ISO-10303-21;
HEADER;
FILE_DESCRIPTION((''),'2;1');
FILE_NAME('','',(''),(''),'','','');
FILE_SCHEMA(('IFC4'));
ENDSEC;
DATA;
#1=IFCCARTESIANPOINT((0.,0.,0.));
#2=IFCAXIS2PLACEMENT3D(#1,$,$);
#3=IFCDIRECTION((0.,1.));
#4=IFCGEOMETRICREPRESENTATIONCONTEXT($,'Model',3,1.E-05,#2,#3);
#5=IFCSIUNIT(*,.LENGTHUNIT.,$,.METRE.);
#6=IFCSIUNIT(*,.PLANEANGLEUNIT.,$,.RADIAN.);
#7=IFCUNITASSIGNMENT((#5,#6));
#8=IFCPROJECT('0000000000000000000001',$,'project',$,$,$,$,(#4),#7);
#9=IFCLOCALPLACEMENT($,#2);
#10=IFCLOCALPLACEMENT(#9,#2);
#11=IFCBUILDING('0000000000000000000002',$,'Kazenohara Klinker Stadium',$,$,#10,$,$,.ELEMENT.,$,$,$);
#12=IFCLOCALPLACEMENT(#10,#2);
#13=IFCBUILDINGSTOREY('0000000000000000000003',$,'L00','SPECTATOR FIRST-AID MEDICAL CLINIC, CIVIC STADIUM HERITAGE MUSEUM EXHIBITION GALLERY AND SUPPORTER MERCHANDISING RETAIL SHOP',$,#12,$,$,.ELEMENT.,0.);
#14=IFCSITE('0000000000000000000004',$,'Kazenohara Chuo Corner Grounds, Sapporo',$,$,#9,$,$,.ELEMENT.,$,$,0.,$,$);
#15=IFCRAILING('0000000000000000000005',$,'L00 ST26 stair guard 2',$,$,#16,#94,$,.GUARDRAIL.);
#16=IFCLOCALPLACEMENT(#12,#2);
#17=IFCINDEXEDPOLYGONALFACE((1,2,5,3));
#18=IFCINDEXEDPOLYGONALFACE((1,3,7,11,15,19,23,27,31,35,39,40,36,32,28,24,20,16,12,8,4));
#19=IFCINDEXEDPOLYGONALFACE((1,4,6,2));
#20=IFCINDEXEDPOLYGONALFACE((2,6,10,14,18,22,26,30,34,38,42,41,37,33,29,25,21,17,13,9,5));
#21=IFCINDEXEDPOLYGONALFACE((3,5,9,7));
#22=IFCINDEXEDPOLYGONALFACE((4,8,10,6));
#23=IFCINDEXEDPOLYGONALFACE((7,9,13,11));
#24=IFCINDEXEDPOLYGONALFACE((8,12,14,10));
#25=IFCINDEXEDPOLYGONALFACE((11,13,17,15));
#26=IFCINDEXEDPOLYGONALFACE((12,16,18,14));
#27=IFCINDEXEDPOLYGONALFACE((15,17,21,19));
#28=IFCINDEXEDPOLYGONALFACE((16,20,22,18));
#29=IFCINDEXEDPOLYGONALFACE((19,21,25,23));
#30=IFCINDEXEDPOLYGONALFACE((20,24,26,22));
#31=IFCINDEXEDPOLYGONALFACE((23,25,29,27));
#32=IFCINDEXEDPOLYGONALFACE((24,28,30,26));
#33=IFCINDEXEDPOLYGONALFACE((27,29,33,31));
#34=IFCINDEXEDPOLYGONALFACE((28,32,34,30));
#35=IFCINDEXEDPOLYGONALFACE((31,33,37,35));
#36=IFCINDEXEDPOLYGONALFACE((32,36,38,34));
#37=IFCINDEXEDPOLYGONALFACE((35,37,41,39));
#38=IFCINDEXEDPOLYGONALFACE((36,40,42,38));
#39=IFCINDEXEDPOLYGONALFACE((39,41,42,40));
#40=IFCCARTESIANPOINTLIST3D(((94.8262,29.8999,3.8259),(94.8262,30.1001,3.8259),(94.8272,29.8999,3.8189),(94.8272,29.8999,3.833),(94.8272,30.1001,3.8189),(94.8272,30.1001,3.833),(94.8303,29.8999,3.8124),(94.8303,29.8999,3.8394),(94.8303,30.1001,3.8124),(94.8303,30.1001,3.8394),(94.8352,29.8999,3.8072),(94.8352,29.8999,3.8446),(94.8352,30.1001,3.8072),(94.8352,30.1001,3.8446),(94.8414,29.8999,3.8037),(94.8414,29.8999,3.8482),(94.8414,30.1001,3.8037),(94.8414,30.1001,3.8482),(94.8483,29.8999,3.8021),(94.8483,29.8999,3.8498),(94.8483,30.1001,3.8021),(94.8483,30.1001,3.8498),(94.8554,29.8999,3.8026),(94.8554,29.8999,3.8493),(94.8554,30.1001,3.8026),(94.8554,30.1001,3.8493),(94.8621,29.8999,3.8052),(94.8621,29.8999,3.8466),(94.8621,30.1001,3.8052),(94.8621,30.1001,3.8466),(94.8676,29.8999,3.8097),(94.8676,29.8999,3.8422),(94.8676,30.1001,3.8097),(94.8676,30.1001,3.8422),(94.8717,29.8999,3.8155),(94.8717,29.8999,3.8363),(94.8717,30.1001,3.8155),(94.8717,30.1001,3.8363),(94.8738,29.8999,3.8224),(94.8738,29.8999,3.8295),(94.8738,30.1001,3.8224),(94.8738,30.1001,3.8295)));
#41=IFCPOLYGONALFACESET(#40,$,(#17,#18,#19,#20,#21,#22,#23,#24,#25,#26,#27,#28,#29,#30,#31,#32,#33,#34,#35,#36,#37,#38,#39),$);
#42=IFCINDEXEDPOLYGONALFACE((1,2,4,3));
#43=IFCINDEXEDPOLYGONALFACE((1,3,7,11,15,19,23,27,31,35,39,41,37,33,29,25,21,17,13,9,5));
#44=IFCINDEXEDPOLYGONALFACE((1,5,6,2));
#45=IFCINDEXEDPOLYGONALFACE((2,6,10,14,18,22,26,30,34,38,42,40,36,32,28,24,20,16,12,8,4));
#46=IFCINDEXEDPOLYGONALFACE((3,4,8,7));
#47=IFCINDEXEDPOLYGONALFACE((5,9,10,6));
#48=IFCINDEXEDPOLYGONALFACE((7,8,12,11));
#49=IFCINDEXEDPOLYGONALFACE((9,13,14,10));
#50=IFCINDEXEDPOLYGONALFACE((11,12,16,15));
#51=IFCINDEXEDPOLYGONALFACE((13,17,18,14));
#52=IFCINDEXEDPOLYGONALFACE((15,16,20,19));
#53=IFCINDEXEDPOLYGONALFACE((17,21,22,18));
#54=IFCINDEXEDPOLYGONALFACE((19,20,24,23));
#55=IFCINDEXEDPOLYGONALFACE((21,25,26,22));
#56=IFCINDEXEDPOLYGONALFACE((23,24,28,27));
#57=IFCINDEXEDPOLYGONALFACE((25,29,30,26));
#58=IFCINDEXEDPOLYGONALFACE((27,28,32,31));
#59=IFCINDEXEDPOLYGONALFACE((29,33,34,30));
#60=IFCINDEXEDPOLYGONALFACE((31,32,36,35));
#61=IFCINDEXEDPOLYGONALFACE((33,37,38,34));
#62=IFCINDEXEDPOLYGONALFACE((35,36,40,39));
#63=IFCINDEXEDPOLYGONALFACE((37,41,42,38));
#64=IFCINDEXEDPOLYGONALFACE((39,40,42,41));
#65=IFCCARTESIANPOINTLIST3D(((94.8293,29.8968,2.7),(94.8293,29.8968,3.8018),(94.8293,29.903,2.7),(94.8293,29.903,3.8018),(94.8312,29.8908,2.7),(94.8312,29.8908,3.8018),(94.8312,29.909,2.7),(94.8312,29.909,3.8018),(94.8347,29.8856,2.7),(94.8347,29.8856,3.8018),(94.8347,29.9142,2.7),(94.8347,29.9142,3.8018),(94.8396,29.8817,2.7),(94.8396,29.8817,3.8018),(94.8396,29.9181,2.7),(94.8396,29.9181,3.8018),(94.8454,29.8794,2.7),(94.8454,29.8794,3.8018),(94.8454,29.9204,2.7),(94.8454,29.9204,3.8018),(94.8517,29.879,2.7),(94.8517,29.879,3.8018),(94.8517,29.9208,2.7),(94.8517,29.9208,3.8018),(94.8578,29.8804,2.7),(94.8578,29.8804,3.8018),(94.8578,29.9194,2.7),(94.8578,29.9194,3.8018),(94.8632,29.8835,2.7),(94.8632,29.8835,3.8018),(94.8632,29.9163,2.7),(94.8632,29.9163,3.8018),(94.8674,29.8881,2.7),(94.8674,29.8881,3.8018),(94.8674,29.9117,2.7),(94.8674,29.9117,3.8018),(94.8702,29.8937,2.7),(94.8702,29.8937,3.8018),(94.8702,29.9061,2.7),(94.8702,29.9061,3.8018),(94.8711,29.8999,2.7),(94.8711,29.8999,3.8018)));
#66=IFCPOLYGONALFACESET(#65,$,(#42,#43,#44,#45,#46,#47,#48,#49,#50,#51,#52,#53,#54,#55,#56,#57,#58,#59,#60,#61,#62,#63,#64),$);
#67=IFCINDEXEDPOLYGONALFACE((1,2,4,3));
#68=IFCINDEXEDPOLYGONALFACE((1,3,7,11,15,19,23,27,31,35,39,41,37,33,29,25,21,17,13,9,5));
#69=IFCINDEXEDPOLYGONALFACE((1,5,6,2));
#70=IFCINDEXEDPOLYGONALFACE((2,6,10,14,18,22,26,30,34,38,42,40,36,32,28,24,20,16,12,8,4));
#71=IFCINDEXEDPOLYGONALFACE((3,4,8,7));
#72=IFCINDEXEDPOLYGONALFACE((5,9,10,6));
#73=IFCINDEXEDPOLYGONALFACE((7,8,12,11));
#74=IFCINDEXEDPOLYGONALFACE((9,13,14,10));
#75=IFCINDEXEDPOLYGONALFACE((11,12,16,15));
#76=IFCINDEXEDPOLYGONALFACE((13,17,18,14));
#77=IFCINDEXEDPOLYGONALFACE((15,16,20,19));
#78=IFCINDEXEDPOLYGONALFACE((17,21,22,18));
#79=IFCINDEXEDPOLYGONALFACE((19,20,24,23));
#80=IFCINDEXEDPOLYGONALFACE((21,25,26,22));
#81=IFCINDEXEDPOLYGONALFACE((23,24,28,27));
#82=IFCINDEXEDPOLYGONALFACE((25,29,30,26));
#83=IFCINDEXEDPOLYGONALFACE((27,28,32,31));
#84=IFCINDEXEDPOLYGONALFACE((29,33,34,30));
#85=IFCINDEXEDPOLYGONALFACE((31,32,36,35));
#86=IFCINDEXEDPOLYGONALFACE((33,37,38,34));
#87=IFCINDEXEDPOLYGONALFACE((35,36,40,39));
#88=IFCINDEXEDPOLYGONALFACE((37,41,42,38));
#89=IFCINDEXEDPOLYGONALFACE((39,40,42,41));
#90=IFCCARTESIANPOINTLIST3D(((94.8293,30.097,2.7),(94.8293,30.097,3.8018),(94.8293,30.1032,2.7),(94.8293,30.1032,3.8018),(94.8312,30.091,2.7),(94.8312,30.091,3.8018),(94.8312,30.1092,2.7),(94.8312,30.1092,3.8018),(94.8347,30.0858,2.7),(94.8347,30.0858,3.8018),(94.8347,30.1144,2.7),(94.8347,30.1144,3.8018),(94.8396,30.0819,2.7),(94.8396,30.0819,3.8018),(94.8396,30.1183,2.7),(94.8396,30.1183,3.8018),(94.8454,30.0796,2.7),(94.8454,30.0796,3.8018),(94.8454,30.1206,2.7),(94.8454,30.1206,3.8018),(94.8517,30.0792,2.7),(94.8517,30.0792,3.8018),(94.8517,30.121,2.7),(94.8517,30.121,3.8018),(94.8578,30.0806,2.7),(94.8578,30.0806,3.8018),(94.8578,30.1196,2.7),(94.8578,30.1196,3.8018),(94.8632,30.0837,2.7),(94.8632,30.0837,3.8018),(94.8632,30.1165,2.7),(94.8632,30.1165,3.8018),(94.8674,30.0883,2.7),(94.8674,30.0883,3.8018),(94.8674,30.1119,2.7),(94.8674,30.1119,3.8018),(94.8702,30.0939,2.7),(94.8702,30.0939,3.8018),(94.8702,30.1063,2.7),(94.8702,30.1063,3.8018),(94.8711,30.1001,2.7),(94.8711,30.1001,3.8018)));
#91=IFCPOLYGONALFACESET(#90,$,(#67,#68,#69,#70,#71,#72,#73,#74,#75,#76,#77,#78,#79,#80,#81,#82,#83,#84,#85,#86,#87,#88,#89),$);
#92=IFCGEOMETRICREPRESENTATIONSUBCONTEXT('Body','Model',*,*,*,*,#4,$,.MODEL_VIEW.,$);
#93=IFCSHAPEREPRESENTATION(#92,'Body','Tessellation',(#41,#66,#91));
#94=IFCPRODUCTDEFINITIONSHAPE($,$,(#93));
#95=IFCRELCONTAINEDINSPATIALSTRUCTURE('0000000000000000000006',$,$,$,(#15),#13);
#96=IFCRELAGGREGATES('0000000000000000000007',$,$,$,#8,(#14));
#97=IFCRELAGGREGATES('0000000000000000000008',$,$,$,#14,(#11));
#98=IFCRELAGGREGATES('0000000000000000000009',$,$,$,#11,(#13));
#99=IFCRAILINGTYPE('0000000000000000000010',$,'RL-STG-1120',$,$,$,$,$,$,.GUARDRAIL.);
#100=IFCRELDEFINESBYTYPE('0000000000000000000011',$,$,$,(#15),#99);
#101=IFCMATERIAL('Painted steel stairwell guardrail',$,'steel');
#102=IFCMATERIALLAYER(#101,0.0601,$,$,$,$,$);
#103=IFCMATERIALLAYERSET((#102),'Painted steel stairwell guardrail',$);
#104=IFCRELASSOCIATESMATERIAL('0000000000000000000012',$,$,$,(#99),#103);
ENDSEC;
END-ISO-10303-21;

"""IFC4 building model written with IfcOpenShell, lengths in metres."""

from ifc_helpers import new_model, si_unit, direction, frame, origin, origin_2d, place, context, subcontext, project, spatial, circle, extrude, material, layer, layer_set, type_object, element, save


model = new_model("IFC4")

# Units and contexts
model_context = context("Model", 3, precision=1e-05, world=origin(), true_north=direction((0.0, 1.0)))
body_context = subcontext(model_context, "Body", "Model", "MODEL_VIEW")
ifc_project = project(units=[si_unit("LENGTHUNIT", "METRE"), si_unit("PLANEANGLEUNIT", "RADIAN")], contexts=[model_context])

# Site, building, storey
site_placement = place(None, origin())
site = spatial("IfcSite", under=ifc_project, at=site_placement, Name="Kazenohara Chuo Corner Grounds, Sapporo", CompositionType="ELEMENT", RefElevation=0.0)
building_placement = place(site_placement, origin())
building = spatial("IfcBuilding", under=site, at=building_placement, Name="Kazenohara Klinker Stadium", CompositionType="ELEMENT")
storey_placement = place(building_placement, origin())
storey = spatial("IfcBuildingStorey", under=building, at=storey_placement, Name="L00", Description="SPECTATOR FIRST-AID MEDICAL CLINIC, CIVIC STADIUM HERITAGE MUSEUM EXHIBITION GALLERY AND SUPPORTER MERCHANDISING RETAIL SHOP", CompositionType="ELEMENT", Elevation=0.0)

# Railing
ifc_material_1 = material(Name="Painted steel stairwell guardrail", Category="steel")
ifc_layer_1 = layer(ifc_material_1, 0.0601)
ifc_layer_set_1 = layer_set([ifc_layer_1], Name="Painted steel stairwell guardrail")
railing_type_1 = type_object("IfcRailingType", Name="RL-STG-1120", PredefinedType="GUARDRAIL", material=ifc_layer_set_1)
railing_1_placement = place(storey_placement, frame((94.8501, 29.8999, 2.7)))
element("IfcRailing", 1, at=railing_1_placement, inside=storey, type_object=railing_type_1, Name="L00 ST26 stair guard 2", PredefinedType="GUARDRAIL", context=body_context, shape_type="SweptSolid", body=[
    extrude(circle(Radius=0.0239, at=origin_2d()), frame((0.0, 0.0, 1.126), z_axis=(0.0, 1.0, 0.0), x_axis=(-1.0, 0.0, 0.0)), (0.0, 0.0, 1.0), 0.2002),
    extrude(circle(Radius=0.021, at=origin_2d()), origin(), (0.0, 0.0, 1.0), 1.1018),
    extrude(circle(Radius=0.021, at=origin_2d()), frame((0.0, 0.2002, 0.0)), (0.0, 0.0, 1.0), 1.1018),
])

save(model, "model.ifc")
